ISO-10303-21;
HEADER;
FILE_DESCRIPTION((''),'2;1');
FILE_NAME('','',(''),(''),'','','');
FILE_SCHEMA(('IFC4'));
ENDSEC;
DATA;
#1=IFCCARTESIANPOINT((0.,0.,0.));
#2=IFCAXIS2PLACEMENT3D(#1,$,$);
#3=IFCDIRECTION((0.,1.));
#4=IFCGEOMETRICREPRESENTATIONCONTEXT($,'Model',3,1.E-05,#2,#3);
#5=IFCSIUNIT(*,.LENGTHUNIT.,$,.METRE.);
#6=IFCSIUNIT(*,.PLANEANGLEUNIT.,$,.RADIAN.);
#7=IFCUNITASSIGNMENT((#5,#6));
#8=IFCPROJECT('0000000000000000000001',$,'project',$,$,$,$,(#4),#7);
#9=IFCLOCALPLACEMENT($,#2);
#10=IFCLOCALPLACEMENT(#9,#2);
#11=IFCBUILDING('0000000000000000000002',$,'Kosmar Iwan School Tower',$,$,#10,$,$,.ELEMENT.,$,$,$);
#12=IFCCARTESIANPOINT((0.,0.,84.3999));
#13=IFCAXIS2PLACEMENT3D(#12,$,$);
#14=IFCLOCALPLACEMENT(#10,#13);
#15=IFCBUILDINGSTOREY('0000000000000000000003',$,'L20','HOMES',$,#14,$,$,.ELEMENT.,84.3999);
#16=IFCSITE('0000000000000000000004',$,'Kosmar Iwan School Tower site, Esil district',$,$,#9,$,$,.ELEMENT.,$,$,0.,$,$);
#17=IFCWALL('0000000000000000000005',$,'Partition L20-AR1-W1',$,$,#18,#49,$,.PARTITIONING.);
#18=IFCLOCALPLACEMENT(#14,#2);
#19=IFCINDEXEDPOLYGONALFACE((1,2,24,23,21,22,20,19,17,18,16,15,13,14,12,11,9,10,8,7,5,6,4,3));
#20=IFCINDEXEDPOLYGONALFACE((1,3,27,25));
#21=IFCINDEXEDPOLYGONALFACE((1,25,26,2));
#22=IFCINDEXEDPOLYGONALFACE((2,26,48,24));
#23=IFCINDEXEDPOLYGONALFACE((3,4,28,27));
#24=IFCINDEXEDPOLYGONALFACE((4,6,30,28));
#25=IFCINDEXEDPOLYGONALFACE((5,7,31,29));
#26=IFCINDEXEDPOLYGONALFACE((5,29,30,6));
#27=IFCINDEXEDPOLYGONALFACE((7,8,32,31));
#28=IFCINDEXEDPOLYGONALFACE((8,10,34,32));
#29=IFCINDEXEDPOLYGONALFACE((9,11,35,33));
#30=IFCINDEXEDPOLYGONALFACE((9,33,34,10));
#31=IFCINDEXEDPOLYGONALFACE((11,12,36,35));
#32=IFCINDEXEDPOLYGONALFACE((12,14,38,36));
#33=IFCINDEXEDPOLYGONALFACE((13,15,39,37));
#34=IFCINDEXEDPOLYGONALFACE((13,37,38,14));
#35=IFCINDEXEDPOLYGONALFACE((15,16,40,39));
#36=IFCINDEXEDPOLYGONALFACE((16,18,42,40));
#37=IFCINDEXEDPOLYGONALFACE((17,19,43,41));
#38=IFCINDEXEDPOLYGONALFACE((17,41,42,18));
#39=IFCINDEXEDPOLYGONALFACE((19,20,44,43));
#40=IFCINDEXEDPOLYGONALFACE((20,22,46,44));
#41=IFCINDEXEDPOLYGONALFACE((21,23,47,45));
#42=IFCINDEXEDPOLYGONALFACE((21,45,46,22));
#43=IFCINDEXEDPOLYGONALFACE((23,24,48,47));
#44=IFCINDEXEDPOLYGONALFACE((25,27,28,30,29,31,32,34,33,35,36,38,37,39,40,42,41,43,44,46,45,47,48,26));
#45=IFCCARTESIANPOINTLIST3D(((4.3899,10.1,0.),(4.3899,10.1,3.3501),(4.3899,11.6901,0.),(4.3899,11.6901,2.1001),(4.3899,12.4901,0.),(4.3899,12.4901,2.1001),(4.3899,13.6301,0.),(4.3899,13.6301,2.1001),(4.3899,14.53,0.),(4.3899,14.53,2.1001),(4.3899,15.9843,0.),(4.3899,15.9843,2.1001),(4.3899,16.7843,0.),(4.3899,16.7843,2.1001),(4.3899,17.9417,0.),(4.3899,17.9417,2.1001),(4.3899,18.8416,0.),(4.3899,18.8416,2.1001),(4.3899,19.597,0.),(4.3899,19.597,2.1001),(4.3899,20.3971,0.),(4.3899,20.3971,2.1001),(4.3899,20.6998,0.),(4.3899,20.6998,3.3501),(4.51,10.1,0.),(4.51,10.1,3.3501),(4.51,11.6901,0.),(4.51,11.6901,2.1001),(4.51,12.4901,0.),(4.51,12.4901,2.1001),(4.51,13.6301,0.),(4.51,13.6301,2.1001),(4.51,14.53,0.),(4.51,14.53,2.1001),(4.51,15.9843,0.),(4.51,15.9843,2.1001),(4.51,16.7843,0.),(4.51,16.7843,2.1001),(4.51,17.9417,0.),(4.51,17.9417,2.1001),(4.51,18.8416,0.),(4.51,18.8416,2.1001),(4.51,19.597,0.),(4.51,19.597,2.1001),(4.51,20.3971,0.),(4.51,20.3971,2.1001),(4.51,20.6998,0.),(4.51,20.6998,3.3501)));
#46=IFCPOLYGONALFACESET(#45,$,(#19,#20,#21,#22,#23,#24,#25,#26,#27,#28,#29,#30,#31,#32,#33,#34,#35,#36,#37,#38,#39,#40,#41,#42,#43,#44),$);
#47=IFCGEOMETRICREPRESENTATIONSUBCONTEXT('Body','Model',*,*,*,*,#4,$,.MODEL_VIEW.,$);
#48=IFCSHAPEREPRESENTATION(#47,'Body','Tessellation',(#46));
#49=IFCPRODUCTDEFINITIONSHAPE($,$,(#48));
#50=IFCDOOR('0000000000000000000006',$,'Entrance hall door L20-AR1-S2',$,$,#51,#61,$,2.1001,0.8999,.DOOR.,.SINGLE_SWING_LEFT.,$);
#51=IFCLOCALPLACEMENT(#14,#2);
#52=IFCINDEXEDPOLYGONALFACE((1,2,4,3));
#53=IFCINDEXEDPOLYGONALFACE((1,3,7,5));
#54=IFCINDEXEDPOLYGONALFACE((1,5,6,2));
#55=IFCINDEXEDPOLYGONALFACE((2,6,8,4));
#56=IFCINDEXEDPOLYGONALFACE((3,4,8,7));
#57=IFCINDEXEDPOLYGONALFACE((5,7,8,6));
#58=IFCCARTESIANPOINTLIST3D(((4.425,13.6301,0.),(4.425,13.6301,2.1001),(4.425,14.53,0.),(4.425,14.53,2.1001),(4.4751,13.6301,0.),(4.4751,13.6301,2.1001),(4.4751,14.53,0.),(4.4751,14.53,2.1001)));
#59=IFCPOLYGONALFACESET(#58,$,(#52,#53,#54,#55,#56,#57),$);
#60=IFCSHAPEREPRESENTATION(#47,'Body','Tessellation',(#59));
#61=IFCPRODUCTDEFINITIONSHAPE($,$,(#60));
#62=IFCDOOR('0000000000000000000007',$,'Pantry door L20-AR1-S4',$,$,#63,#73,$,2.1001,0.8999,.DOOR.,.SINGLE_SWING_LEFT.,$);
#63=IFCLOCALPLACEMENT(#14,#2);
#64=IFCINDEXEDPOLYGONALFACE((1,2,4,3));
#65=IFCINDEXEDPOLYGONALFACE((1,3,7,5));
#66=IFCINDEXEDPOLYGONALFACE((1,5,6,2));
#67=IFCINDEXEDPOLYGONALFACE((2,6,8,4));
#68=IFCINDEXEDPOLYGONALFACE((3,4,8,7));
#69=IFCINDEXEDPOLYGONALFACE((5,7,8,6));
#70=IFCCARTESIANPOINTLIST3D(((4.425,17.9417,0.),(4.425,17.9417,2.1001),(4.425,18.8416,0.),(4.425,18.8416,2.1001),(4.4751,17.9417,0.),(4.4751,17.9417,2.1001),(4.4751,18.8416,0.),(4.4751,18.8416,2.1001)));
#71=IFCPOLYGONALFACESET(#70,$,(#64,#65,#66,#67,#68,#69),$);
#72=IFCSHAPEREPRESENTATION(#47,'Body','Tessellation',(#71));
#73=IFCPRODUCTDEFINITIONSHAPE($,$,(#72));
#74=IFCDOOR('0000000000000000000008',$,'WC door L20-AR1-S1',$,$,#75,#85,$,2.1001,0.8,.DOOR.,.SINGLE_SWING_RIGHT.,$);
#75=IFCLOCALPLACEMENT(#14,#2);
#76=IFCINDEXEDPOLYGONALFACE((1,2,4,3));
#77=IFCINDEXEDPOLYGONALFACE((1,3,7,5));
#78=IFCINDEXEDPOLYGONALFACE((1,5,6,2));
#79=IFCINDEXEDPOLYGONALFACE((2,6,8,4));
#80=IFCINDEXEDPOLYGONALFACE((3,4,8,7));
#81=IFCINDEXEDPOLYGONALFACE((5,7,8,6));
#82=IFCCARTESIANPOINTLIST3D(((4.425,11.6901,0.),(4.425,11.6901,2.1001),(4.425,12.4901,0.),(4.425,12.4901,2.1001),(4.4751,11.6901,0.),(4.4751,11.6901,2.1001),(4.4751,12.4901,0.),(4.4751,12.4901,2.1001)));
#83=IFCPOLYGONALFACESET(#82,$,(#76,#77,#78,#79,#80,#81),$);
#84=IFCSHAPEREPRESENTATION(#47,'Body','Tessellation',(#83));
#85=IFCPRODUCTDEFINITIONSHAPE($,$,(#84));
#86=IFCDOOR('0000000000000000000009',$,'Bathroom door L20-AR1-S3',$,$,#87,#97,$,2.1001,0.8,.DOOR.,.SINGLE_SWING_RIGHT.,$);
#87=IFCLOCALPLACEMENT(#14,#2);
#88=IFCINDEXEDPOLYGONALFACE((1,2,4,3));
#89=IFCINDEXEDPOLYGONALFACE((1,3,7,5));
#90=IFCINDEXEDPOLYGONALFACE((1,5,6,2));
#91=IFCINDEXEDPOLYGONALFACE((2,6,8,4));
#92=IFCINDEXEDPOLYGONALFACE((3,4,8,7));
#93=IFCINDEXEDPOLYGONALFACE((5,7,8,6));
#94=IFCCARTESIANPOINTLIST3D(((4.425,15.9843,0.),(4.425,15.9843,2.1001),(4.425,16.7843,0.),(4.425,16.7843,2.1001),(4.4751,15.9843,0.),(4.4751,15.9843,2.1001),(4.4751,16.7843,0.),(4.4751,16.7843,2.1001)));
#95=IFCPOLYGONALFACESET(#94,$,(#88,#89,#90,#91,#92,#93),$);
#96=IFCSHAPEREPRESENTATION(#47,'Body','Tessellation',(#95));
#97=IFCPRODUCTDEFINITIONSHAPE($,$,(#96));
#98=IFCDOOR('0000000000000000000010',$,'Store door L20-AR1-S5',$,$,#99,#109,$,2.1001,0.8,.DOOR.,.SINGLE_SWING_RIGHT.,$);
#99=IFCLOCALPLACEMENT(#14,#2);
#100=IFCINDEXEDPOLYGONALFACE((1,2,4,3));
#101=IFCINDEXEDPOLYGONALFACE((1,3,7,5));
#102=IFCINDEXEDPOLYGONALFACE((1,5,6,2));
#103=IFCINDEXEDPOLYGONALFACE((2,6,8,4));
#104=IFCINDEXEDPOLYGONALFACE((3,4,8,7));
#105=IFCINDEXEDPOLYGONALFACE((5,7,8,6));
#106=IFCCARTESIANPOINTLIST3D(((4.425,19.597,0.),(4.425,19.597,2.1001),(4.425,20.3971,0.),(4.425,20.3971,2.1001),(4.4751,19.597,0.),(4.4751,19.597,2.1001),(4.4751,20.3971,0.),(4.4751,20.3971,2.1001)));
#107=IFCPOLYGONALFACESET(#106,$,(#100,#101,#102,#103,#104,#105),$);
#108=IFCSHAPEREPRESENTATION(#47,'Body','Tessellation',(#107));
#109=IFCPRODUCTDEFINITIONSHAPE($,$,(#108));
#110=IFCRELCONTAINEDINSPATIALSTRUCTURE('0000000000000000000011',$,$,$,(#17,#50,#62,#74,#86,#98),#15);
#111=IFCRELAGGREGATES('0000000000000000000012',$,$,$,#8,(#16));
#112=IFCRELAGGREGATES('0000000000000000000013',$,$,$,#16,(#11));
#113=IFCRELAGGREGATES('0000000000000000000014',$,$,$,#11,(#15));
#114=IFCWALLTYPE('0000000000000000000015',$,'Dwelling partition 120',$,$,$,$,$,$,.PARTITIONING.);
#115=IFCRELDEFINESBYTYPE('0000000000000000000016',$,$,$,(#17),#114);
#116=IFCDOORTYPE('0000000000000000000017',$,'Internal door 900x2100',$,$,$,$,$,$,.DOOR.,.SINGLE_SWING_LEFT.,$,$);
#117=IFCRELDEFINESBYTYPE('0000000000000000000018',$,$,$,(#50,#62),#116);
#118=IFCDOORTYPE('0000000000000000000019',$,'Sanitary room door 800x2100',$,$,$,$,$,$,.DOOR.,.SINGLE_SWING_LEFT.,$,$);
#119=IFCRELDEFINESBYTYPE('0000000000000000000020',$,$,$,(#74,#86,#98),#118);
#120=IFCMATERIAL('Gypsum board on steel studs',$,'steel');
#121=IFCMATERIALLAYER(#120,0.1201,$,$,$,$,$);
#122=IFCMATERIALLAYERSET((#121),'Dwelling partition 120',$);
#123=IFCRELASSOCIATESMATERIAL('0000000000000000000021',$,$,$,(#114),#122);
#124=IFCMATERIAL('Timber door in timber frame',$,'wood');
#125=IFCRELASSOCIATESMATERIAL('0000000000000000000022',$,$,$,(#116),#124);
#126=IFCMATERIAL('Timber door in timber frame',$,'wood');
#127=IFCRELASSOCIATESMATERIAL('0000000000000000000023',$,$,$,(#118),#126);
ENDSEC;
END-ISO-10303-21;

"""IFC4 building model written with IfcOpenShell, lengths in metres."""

from ifc_helpers import new_model, si_unit, direction, frame, frame_2d, origin, place, context, subcontext, project, spatial, rectangle, extrude, material, layer, layer_set, type_object, element, fill, save


model = new_model("IFC4")

# Units and contexts
model_context = context("Model", 3, precision=1e-05, world=origin(), true_north=direction((0.0, 1.0)))
body_context = subcontext(model_context, "Body", "Model", "MODEL_VIEW")
ifc_project = project(units=[si_unit("LENGTHUNIT", "METRE"), si_unit("PLANEANGLEUNIT", "RADIAN")], contexts=[model_context])

# Site, building, storey
site_placement = place(None, origin())
site = spatial("IfcSite", under=ifc_project, at=site_placement, Name="Kosmar Iwan School Tower site, Esil district", CompositionType="ELEMENT", RefElevation=0.0)
building_placement = place(site_placement, origin())
building = spatial("IfcBuilding", under=site, at=building_placement, Name="Kosmar Iwan School Tower", CompositionType="ELEMENT")
storey_placement = place(building_placement, frame((0.0, 0.0, 84.3999)))
storey = spatial("IfcBuildingStorey", under=building, at=storey_placement, Name="L20", Description="HOMES", CompositionType="ELEMENT", Elevation=84.3999)

# Wall, openings, doors
ifc_material_1 = material(Name="Gypsum board on steel studs", Category="steel")
ifc_layer_1 = layer(ifc_material_1, 0.1201)
ifc_layer_set_1 = layer_set([ifc_layer_1], Name="Dwelling partition 120")
wall_type_1 = type_object("IfcWallType", Name="Dwelling partition 120", PredefinedType="PARTITIONING", material=ifc_layer_set_1)
wall_1_placement = place(storey_placement, frame((4.45, 10.1001, 0.0), z_axis=(0.0, 0.0, 1.0), x_axis=(0.0, 1.0, 0.0)))
wall_1 = element("IfcWall", 1, at=wall_1_placement, inside=storey, type_object=wall_type_1, Name="Partition L20-AR1-W1", PredefinedType="PARTITIONING", context=body_context, shape_type="SweptSolid", body=[
    extrude(rectangle(XDim=10.5999, YDim=0.1201, at=frame_2d((5.2998, 0.0))), origin(), (0.0, 0.0, 1.0), 3.3501),
])
opening_1_placement = place(wall_1_placement, frame((1.5901, 0.0, 0.0)))
opening_1 = element("IfcOpeningElement", 2, at=opening_1_placement, cuts=wall_1, PredefinedType="OPENING", context=body_context, shape_type="SweptSolid", body=[
    extrude(rectangle(XDim=0.8, YDim=2.1001, at=frame_2d((0.3999, 1.05))), frame((0.0, 0.072, 0.0), z_axis=(0.0, -1.0, 0.0), x_axis=(1.0, 0.0, 0.0)), (0.0, 0.0, 1.0), 0.144),
])
opening_2_placement = place(wall_1_placement, frame((3.53, 0.0, 0.0)))
opening_2 = element("IfcOpeningElement", 3, at=opening_2_placement, cuts=wall_1, PredefinedType="OPENING", context=body_context, shape_type="SweptSolid", body=[
    extrude(rectangle(XDim=0.8999, YDim=2.1001, at=frame_2d((0.45, 1.05))), frame((0.0, 0.072, 0.0), z_axis=(0.0, -1.0, 0.0), x_axis=(1.0, 0.0, 0.0)), (0.0, 0.0, 1.0), 0.144),
])
opening_3_placement = place(wall_1_placement, frame((5.8843, 0.0, 0.0)))
opening_3 = element("IfcOpeningElement", 4, at=opening_3_placement, cuts=wall_1, PredefinedType="OPENING", context=body_context, shape_type="SweptSolid", body=[
    extrude(rectangle(XDim=0.8, YDim=2.1001, at=frame_2d((0.3999, 1.05))), frame((0.0, 0.072, 0.0), z_axis=(0.0, -1.0, 0.0), x_axis=(1.0, 0.0, 0.0)), (0.0, 0.0, 1.0), 0.144),
])
opening_4_placement = place(wall_1_placement, frame((7.8416, 0.0, 0.0)))
opening_4 = element("IfcOpeningElement", 5, at=opening_4_placement, cuts=wall_1, PredefinedType="OPENING", context=body_context, shape_type="SweptSolid", body=[
    extrude(rectangle(XDim=0.8999, YDim=2.1001, at=frame_2d((0.45, 1.05))), frame((0.0, 0.072, 0.0), z_axis=(0.0, -1.0, 0.0), x_axis=(1.0, 0.0, 0.0)), (0.0, 0.0, 1.0), 0.144),
])
opening_5_placement = place(wall_1_placement, frame((9.4971, 0.0, 0.0)))
opening_5 = element("IfcOpeningElement", 6, at=opening_5_placement, cuts=wall_1, PredefinedType="OPENING", context=body_context, shape_type="SweptSolid", body=[
    extrude(rectangle(XDim=0.8, YDim=2.1001, at=frame_2d((0.3999, 1.05))), frame((0.0, 0.072, 0.0), z_axis=(0.0, -1.0, 0.0), x_axis=(1.0, 0.0, 0.0)), (0.0, 0.0, 1.0), 0.144),
])
ifc_material_2 = material(Name="Timber door in timber frame", Category="wood")
door_type_1 = type_object("IfcDoorType", Name="Internal door 900x2100", OperationType="SINGLE_SWING_LEFT", PredefinedType="DOOR", material=ifc_material_2)
door_1_placement = place(opening_2_placement, origin())
door_1 = element("IfcDoor", 7, at=door_1_placement, inside=storey, type_object=door_type_1, Name="Entrance hall door L20-AR1-S2", OperationType="SINGLE_SWING_LEFT", OverallHeight=2.1001, OverallWidth=0.8999, PredefinedType="DOOR", context=body_context, shape_type="SweptSolid", body=[
    extrude(rectangle(XDim=0.8999, YDim=2.1001, at=frame_2d((0.45, 1.05))), frame((0.0, 0.0249, 0.0), z_axis=(0.0, -1.0, 0.0), x_axis=(1.0, 0.0, 0.0)), (0.0, 0.0, 1.0), 0.05),
])
fill(opening_2, door_1)
door_2_placement = place(opening_4_placement, origin())
door_2 = element("IfcDoor", 8, at=door_2_placement, inside=storey, type_object=door_type_1, Name="Pantry door L20-AR1-S4", OperationType="SINGLE_SWING_LEFT", OverallHeight=2.1001, OverallWidth=0.8999, PredefinedType="DOOR", context=body_context, shape_type="SweptSolid", body=[
    extrude(rectangle(XDim=0.8999, YDim=2.1001, at=frame_2d((0.45, 1.05))), frame((0.0, 0.0249, 0.0), z_axis=(0.0, -1.0, 0.0), x_axis=(1.0, 0.0, 0.0)), (0.0, 0.0, 1.0), 0.05),
])
fill(opening_4, door_2)
ifc_material_3 = material(Name="Timber door in timber frame", Category="wood")
door_type_2 = type_object("IfcDoorType", Name="Sanitary room door 800x2100", OperationType="SINGLE_SWING_LEFT", PredefinedType="DOOR", material=ifc_material_3)
door_3_placement = place(opening_1_placement, origin())
door_3 = element("IfcDoor", 9, at=door_3_placement, inside=storey, type_object=door_type_2, Name="WC door L20-AR1-S1", OperationType="SINGLE_SWING_RIGHT", OverallHeight=2.1001, OverallWidth=0.8, PredefinedType="DOOR", context=body_context, shape_type="SweptSolid", body=[
    extrude(rectangle(XDim=0.8, YDim=2.1001, at=frame_2d((0.3999, 1.05))), frame((0.0, 0.0249, 0.0), z_axis=(0.0, -1.0, 0.0), x_axis=(1.0, 0.0, 0.0)), (0.0, 0.0, 1.0), 0.05),
])
fill(opening_1, door_3)
door_4_placement = place(opening_3_placement, origin())
door_4 = element("IfcDoor", 10, at=door_4_placement, inside=storey, type_object=door_type_2, Name="Bathroom door L20-AR1-S3", OperationType="SINGLE_SWING_RIGHT", OverallHeight=2.1001, OverallWidth=0.8, PredefinedType="DOOR", context=body_context, shape_type="SweptSolid", body=[
    extrude(rectangle(XDim=0.8, YDim=2.1001, at=frame_2d((0.3999, 1.05))), frame((0.0, 0.0249, 0.0), z_axis=(0.0, -1.0, 0.0), x_axis=(1.0, 0.0, 0.0)), (0.0, 0.0, 1.0), 0.05),
])
fill(opening_3, door_4)
door_5_placement = place(opening_5_placement, origin())
door_5 = element("IfcDoor", 11, at=door_5_placement, inside=storey, type_object=door_type_2, Name="Store door L20-AR1-S5", OperationType="SINGLE_SWING_RIGHT", OverallHeight=2.1001, OverallWidth=0.8, PredefinedType="DOOR", context=body_context, shape_type="SweptSolid", body=[
    extrude(rectangle(XDim=0.8, YDim=2.1001, at=frame_2d((0.3999, 1.05))), frame((0.0, 0.0249, 0.0), z_axis=(0.0, -1.0, 0.0), x_axis=(1.0, 0.0, 0.0)), (0.0, 0.0, 1.0), 0.05),
])
fill(opening_5, door_5)

save(model, "model.ifc")
